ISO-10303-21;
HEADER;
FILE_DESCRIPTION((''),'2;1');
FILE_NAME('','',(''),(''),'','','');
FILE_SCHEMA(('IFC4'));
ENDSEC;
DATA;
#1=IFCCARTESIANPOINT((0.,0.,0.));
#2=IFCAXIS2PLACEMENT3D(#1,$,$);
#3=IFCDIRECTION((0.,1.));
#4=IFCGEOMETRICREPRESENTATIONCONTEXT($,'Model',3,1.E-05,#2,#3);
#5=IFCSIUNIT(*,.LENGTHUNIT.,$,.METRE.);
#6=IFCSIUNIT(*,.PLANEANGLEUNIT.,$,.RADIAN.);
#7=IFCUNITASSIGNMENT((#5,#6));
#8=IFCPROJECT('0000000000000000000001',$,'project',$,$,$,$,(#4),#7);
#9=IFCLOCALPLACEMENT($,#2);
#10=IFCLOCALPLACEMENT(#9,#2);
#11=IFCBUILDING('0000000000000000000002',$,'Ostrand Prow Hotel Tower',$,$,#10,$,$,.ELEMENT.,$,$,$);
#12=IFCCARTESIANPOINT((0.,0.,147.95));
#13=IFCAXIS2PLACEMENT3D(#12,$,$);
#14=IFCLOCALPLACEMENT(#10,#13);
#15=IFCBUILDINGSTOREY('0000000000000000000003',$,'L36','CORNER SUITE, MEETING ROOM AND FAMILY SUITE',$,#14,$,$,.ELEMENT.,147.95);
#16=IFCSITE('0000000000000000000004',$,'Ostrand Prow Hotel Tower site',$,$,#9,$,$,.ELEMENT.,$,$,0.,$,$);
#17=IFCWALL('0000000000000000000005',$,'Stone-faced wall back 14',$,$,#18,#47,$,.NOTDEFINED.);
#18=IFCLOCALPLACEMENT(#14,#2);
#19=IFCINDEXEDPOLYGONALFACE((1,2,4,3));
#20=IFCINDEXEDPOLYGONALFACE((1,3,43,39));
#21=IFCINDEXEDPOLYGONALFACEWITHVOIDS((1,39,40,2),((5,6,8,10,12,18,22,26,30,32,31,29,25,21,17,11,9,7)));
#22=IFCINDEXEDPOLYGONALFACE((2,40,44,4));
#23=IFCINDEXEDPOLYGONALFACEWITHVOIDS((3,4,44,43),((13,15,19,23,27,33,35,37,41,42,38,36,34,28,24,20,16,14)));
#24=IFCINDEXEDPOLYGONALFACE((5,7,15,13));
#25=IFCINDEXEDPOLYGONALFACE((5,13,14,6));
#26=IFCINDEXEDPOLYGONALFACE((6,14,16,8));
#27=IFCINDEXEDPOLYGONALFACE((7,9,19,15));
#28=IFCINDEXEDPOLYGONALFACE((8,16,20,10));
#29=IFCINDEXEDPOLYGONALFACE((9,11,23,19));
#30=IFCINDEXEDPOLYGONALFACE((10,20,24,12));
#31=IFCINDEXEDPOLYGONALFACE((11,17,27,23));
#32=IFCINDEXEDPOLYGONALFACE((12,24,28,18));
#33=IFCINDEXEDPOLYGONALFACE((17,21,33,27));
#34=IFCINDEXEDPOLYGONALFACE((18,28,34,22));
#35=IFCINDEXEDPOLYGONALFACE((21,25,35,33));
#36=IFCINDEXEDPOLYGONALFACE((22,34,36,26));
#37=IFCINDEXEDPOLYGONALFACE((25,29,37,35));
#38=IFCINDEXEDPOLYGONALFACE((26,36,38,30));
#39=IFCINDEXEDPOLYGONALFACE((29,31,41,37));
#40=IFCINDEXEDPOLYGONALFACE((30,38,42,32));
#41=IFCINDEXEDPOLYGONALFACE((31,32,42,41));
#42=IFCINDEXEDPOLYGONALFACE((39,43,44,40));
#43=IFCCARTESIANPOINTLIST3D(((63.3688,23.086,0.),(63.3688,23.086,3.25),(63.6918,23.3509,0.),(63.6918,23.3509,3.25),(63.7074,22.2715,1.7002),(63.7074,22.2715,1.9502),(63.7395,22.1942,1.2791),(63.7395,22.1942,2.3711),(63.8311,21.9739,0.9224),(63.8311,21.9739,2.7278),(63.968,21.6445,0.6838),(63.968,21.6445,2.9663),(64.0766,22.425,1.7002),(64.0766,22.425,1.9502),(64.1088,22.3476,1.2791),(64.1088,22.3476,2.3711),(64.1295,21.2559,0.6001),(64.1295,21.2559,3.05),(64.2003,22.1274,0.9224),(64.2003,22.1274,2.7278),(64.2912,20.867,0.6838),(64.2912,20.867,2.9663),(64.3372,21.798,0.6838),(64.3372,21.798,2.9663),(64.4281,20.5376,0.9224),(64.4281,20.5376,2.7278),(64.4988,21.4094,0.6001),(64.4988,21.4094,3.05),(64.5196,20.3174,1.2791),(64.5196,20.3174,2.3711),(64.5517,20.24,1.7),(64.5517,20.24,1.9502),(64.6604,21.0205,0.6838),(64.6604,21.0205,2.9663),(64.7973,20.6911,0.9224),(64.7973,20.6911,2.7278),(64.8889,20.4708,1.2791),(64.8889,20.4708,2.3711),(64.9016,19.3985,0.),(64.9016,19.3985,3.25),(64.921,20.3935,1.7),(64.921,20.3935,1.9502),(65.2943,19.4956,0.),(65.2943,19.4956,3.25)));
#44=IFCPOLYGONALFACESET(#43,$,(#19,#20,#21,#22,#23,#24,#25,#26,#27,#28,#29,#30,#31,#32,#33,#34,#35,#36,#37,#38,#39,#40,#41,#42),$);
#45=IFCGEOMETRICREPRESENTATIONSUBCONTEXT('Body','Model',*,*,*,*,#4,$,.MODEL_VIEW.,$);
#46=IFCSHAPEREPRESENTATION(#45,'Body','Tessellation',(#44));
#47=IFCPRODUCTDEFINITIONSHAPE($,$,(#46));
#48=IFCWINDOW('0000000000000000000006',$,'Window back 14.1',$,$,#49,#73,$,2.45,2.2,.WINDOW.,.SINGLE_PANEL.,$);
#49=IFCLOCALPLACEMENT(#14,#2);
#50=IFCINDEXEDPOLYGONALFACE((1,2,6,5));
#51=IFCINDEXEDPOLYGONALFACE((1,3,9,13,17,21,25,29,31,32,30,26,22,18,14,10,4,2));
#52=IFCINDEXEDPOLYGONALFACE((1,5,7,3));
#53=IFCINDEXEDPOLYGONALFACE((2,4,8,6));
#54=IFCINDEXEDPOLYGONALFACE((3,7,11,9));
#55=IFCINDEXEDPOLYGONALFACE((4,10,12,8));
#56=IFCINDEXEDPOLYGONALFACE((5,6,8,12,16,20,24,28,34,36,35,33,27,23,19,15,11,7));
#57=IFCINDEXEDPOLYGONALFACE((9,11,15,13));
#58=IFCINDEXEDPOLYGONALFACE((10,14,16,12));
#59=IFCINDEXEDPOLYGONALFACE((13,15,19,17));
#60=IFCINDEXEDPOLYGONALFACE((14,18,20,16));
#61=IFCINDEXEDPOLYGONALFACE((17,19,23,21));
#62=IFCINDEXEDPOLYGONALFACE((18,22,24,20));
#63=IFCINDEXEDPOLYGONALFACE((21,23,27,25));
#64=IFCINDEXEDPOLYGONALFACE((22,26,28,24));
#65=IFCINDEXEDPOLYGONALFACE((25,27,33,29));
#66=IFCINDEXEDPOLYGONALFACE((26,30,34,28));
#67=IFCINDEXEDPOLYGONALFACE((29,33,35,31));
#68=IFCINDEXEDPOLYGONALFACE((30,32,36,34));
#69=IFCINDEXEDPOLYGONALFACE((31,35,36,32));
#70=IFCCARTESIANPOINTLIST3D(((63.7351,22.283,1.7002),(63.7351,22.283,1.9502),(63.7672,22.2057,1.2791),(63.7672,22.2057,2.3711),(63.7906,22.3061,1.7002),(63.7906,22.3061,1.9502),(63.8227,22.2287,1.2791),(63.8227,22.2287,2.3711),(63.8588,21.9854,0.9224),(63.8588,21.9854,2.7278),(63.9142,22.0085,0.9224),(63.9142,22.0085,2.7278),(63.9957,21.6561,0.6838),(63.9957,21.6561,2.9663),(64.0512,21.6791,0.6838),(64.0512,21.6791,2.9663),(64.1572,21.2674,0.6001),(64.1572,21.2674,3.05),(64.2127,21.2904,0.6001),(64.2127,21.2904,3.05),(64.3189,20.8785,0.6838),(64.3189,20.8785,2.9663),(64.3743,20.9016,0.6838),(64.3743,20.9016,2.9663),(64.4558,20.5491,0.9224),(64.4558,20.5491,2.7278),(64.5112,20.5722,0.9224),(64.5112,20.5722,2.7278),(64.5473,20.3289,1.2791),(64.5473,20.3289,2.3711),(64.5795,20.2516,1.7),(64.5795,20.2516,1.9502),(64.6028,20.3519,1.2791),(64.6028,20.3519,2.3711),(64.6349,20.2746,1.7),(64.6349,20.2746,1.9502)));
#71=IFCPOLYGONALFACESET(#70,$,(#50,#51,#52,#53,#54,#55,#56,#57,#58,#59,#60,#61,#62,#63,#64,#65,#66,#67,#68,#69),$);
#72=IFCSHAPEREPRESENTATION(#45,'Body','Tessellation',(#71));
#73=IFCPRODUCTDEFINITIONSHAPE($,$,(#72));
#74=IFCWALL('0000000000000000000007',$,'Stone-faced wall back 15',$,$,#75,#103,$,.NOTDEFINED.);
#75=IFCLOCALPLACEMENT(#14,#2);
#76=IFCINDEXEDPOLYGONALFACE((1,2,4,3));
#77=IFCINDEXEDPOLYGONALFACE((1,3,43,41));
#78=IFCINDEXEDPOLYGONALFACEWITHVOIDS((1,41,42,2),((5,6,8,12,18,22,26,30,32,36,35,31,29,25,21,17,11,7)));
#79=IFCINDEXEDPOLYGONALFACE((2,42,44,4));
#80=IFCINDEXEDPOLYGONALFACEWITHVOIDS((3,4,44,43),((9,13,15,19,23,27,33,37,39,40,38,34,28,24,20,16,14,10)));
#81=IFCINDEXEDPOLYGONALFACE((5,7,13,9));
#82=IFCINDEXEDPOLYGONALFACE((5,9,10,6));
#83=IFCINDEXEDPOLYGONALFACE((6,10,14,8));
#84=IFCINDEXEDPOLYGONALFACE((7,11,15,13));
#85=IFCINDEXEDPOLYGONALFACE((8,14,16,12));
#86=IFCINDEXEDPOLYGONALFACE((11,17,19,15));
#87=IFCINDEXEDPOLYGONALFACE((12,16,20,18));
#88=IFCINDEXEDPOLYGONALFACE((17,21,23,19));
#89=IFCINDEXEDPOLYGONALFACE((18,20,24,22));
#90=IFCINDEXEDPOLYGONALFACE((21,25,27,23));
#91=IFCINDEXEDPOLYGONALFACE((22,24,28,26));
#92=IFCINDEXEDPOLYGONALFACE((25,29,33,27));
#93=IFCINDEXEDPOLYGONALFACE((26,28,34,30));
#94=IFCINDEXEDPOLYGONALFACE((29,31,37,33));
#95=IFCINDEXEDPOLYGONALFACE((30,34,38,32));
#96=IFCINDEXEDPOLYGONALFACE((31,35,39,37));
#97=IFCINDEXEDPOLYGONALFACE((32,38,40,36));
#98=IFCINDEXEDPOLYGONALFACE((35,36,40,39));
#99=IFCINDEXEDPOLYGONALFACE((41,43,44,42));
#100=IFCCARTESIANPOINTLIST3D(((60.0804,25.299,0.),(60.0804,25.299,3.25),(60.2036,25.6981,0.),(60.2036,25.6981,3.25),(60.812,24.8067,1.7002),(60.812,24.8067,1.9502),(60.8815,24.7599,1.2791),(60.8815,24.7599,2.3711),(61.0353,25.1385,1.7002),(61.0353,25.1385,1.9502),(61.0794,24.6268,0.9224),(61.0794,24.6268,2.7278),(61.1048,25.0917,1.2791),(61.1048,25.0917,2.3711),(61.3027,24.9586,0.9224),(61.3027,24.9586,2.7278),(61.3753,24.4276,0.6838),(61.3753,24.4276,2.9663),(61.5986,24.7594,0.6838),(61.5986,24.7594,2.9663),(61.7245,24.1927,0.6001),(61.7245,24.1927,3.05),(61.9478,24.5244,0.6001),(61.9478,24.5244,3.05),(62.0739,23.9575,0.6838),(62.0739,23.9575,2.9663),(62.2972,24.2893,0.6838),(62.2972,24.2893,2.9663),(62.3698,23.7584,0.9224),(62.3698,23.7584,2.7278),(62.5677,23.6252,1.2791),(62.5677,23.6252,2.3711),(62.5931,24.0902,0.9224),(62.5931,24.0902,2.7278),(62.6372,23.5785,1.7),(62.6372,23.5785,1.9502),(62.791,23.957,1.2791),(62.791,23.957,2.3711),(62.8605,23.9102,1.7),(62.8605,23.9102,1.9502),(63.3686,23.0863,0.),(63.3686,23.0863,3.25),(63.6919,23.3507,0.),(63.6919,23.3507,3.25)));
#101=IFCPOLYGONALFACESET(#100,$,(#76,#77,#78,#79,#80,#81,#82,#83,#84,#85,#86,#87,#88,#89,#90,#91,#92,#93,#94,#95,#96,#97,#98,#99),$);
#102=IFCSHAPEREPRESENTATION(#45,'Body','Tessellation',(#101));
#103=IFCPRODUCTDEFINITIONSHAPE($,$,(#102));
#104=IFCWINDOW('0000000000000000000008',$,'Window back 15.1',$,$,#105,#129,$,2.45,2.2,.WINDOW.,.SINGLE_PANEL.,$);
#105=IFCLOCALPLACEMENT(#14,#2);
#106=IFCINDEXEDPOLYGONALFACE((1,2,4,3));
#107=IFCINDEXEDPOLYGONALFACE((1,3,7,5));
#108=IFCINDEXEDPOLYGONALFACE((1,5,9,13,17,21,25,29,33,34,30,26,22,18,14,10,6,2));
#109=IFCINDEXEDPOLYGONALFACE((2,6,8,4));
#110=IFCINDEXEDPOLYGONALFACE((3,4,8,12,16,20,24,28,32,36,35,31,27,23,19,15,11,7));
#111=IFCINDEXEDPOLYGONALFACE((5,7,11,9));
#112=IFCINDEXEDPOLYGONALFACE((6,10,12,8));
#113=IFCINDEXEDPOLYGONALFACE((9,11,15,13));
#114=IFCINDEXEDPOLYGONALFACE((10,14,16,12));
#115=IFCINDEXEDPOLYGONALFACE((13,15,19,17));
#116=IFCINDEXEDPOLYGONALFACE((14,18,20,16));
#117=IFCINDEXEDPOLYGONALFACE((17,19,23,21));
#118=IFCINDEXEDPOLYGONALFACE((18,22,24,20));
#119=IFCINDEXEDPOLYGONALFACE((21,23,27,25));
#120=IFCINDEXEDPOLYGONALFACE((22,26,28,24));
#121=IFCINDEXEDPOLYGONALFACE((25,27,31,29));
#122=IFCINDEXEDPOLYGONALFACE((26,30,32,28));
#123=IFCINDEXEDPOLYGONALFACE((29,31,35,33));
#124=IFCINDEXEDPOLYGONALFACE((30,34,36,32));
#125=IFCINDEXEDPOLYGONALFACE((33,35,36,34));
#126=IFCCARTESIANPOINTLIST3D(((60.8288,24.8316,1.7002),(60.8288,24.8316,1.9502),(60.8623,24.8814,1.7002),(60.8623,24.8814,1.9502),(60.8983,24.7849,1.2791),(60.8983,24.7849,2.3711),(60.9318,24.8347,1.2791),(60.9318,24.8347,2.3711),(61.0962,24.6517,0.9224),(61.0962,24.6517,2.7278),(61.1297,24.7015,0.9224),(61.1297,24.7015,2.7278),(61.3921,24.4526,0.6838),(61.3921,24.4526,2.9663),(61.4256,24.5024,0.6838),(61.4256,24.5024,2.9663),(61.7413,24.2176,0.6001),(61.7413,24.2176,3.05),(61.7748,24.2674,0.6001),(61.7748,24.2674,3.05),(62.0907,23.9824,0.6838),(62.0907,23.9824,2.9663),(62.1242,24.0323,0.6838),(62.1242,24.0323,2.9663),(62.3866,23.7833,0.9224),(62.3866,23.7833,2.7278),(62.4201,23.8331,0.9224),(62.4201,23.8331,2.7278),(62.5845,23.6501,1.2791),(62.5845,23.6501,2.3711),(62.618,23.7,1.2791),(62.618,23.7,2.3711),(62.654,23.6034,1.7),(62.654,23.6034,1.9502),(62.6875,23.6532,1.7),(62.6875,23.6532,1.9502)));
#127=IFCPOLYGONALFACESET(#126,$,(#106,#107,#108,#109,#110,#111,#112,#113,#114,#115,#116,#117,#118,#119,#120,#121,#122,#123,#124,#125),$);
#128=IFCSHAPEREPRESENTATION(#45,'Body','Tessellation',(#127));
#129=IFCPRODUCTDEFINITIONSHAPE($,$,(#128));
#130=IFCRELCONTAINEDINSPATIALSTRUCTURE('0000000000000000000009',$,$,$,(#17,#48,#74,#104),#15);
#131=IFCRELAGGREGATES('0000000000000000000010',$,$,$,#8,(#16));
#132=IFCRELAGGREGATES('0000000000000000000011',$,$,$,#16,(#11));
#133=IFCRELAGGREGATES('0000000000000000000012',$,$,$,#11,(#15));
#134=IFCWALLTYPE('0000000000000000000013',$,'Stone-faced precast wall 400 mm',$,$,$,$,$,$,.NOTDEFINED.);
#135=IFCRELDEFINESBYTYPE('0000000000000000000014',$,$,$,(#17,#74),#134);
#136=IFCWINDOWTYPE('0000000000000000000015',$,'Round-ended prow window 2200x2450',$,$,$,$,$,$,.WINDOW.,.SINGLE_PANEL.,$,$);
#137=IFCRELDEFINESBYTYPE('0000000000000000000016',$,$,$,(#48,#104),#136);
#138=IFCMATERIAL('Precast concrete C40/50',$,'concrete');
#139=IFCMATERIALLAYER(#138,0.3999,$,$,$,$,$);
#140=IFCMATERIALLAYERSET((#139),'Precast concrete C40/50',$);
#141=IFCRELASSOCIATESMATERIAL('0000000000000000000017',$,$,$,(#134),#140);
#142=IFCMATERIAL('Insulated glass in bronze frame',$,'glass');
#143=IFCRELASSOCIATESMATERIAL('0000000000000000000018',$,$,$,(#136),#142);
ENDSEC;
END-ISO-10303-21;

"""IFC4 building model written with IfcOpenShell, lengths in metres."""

from ifc_helpers import new_model, si_unit, direction, frame, origin, place, context, subcontext, project, spatial, polyline, outline, extrude, material, layer, layer_set, type_object, element, fill, save


model = new_model("IFC4")

# Units and contexts
model_context = context("Model", 3, precision=1e-05, world=origin(), true_north=direction((0.0, 1.0)))
body_context = subcontext(model_context, "Body", "Model", "MODEL_VIEW")
ifc_project = project(units=[si_unit("LENGTHUNIT", "METRE"), si_unit("PLANEANGLEUNIT", "RADIAN")], contexts=[model_context])

# Site, building, storey
site_placement = place(None, origin())
site = spatial("IfcSite", under=ifc_project, at=site_placement, Name="Ostrand Prow Hotel Tower site", CompositionType="ELEMENT", RefElevation=0.0)
building_placement = place(site_placement, origin())
building = spatial("IfcBuilding", under=site, at=building_placement, Name="Ostrand Prow Hotel Tower", CompositionType="ELEMENT")
storey_placement = place(building_placement, frame((0.0, 0.0, 147.95)))
storey = spatial("IfcBuildingStorey", under=building, at=storey_placement, Name="L36", Description="CORNER SUITE, MEETING ROOM AND FAMILY SUITE", CompositionType="ELEMENT", Elevation=147.95)

# Shared definitions
ifc_material_1 = material(Name="Precast concrete C40/50", Category="concrete")
ifc_layer_1 = layer(ifc_material_1, 0.3999)
ifc_layer_set_1 = layer_set([ifc_layer_1], Name="Precast concrete C40/50")
wall_type_1 = type_object("IfcWallType", Name="Stone-faced precast wall 400 mm", PredefinedType="NOTDEFINED", material=ifc_layer_set_1)

# Walls, openings, windows
wall_1_placement = place(storey_placement, frame((65.0979, 19.447, 0.0), z_axis=(0.0, 0.0, 1.0), x_axis=(-0.383817, 0.923409, 0.0)))
wall_1 = element("IfcWall", 1, at=wall_1_placement, inside=storey, type_object=wall_type_1, Name="Stone-faced wall back 14", PredefinedType="NOTDEFINED", context=body_context, shape_type="SweptSolid", body=[
    extrude(outline(polyline([(-0.0305, -0.2), (4.1445, -0.2), (4.0239, 0.2), (0.0305, 0.2), (-0.0305, -0.2)])), origin(), (0.0, 0.0, 1.0), 3.25),
])
opening_1_placement = place(wall_1_placement, frame((0.9419, 0.0, 0.6001)))
opening_1 = element("IfcOpeningElement", 2, at=opening_1_placement, cuts=wall_1, PredefinedType="OPENING", context=body_context, shape_type="SweptSolid", body=[
    extrude(outline(polyline([(0.0, 1.3501), (0.0837, 1.771), (0.3223, 2.1277), (0.679, 2.3662), (1.1001, 2.45), (1.521, 2.3662), (1.8777, 2.1277), (2.1162, 1.771), (2.2, 1.3501), (2.2, 1.1001), (2.1162, 0.679), (1.8777, 0.3223), (1.521, 0.0837), (1.1001, 0.0), (0.679, 0.0837), (0.3223, 0.3223), (0.0837, 0.679), (0.0, 1.0999), (0.0, 1.3501)])), frame((0.0, 0.21, 0.0), z_axis=(0.0, -1.0, 0.0), x_axis=(1.0, 0.0, 0.0)), (0.0, 0.0, 1.0), 0.4199),
])
ifc_material_2 = material(Name="Insulated glass in bronze frame", Category="glass")
window_type_1 = type_object("IfcWindowType", Name="Round-ended prow window 2200x2450", PartitioningType="SINGLE_PANEL", PredefinedType="WINDOW", material=ifc_material_2)
window_1_placement = place(opening_1_placement, origin())
window_1 = element("IfcWindow", 3, at=window_1_placement, inside=storey, type_object=window_type_1, Name="Window back 14.1", OverallHeight=2.45, OverallWidth=2.2, PartitioningType="SINGLE_PANEL", PredefinedType="WINDOW", context=body_context, shape_type="SweptSolid", body=[
    extrude(outline(polyline([(0.0, 1.3501), (0.0837, 1.771), (0.3223, 2.1277), (0.679, 2.3662), (1.1001, 2.45), (1.521, 2.3662), (1.8777, 2.1277), (2.1162, 1.771), (2.2, 1.3501), (2.2, 1.1001), (2.1162, 0.679), (1.8777, 0.3223), (1.521, 0.0837), (1.1001, 0.0), (0.679, 0.0837), (0.3223, 0.3223), (0.0837, 0.679), (0.0, 1.0999), (0.0, 1.3501)])), frame((0.0, 0.1699, 0.0), z_axis=(0.0, -1.0, 0.0), x_axis=(1.0, 0.0, 0.0)), (0.0, 0.0, 1.0), 0.0601),
])
fill(opening_1, window_1)
wall_2_placement = place(storey_placement, frame((63.5303, 23.2185, 0.0), z_axis=(0.0, 0.0, 1.0), x_axis=(-0.829642, 0.558296, 0.0)))
wall_2 = element("IfcWall", 4, at=wall_2_placement, inside=storey, type_object=wall_type_1, Name="Stone-faced wall back 15", PredefinedType="NOTDEFINED", context=body_context, shape_type="SweptSolid", body=[
    extrude(outline(polyline([(-0.0603, -0.2), (4.1443, -0.2), (4.0237, 0.2), (0.0603, 0.2), (-0.0603, -0.2)])), origin(), (0.0, 0.0, 1.0), 3.25),
])
opening_2_placement = place(wall_2_placement, frame((0.9419, 0.0, 0.6001)))
opening_2 = element("IfcOpeningElement", 5, at=opening_2_placement, cuts=wall_2, PredefinedType="OPENING", context=body_context, shape_type="SweptSolid", body=[
    extrude(outline(polyline([(0.0, 1.3501), (0.0837, 1.771), (0.3223, 2.1277), (0.679, 2.3662), (1.1001, 2.45), (1.521, 2.3662), (1.8777, 2.1277), (2.1162, 1.771), (2.2, 1.3501), (2.2, 1.1001), (2.1162, 0.679), (1.8777, 0.3223), (1.521, 0.0837), (1.1001, 0.0), (0.679, 0.0837), (0.3223, 0.3223), (0.0837, 0.679), (0.0, 1.0999), (0.0, 1.3501)])), frame((0.0, 0.21, 0.0), z_axis=(0.0, -1.0, 0.0), x_axis=(1.0, 0.0, 0.0)), (0.0, 0.0, 1.0), 0.4199),
])
window_2_placement = place(opening_2_placement, origin())
window_2 = element("IfcWindow", 6, at=window_2_placement, inside=storey, type_object=window_type_1, Name="Window back 15.1", OverallHeight=2.45, OverallWidth=2.2, PartitioningType="SINGLE_PANEL", PredefinedType="WINDOW", context=body_context, shape_type="SweptSolid", body=[
    extrude(outline(polyline([(0.0, 1.3501), (0.0837, 1.771), (0.3223, 2.1277), (0.679, 2.3662), (1.1001, 2.45), (1.521, 2.3662), (1.8777, 2.1277), (2.1162, 1.771), (2.2, 1.3501), (2.2, 1.1001), (2.1162, 0.679), (1.8777, 0.3223), (1.521, 0.0837), (1.1001, 0.0), (0.679, 0.0837), (0.3223, 0.3223), (0.0837, 0.679), (0.0, 1.0999), (0.0, 1.3501)])), frame((0.0, 0.1699, 0.0), z_axis=(0.0, -1.0, 0.0), x_axis=(1.0, 0.0, 0.0)), (0.0, 0.0, 1.0), 0.0601),
])
fill(opening_2, window_2)

save(model, "model.ifc")
